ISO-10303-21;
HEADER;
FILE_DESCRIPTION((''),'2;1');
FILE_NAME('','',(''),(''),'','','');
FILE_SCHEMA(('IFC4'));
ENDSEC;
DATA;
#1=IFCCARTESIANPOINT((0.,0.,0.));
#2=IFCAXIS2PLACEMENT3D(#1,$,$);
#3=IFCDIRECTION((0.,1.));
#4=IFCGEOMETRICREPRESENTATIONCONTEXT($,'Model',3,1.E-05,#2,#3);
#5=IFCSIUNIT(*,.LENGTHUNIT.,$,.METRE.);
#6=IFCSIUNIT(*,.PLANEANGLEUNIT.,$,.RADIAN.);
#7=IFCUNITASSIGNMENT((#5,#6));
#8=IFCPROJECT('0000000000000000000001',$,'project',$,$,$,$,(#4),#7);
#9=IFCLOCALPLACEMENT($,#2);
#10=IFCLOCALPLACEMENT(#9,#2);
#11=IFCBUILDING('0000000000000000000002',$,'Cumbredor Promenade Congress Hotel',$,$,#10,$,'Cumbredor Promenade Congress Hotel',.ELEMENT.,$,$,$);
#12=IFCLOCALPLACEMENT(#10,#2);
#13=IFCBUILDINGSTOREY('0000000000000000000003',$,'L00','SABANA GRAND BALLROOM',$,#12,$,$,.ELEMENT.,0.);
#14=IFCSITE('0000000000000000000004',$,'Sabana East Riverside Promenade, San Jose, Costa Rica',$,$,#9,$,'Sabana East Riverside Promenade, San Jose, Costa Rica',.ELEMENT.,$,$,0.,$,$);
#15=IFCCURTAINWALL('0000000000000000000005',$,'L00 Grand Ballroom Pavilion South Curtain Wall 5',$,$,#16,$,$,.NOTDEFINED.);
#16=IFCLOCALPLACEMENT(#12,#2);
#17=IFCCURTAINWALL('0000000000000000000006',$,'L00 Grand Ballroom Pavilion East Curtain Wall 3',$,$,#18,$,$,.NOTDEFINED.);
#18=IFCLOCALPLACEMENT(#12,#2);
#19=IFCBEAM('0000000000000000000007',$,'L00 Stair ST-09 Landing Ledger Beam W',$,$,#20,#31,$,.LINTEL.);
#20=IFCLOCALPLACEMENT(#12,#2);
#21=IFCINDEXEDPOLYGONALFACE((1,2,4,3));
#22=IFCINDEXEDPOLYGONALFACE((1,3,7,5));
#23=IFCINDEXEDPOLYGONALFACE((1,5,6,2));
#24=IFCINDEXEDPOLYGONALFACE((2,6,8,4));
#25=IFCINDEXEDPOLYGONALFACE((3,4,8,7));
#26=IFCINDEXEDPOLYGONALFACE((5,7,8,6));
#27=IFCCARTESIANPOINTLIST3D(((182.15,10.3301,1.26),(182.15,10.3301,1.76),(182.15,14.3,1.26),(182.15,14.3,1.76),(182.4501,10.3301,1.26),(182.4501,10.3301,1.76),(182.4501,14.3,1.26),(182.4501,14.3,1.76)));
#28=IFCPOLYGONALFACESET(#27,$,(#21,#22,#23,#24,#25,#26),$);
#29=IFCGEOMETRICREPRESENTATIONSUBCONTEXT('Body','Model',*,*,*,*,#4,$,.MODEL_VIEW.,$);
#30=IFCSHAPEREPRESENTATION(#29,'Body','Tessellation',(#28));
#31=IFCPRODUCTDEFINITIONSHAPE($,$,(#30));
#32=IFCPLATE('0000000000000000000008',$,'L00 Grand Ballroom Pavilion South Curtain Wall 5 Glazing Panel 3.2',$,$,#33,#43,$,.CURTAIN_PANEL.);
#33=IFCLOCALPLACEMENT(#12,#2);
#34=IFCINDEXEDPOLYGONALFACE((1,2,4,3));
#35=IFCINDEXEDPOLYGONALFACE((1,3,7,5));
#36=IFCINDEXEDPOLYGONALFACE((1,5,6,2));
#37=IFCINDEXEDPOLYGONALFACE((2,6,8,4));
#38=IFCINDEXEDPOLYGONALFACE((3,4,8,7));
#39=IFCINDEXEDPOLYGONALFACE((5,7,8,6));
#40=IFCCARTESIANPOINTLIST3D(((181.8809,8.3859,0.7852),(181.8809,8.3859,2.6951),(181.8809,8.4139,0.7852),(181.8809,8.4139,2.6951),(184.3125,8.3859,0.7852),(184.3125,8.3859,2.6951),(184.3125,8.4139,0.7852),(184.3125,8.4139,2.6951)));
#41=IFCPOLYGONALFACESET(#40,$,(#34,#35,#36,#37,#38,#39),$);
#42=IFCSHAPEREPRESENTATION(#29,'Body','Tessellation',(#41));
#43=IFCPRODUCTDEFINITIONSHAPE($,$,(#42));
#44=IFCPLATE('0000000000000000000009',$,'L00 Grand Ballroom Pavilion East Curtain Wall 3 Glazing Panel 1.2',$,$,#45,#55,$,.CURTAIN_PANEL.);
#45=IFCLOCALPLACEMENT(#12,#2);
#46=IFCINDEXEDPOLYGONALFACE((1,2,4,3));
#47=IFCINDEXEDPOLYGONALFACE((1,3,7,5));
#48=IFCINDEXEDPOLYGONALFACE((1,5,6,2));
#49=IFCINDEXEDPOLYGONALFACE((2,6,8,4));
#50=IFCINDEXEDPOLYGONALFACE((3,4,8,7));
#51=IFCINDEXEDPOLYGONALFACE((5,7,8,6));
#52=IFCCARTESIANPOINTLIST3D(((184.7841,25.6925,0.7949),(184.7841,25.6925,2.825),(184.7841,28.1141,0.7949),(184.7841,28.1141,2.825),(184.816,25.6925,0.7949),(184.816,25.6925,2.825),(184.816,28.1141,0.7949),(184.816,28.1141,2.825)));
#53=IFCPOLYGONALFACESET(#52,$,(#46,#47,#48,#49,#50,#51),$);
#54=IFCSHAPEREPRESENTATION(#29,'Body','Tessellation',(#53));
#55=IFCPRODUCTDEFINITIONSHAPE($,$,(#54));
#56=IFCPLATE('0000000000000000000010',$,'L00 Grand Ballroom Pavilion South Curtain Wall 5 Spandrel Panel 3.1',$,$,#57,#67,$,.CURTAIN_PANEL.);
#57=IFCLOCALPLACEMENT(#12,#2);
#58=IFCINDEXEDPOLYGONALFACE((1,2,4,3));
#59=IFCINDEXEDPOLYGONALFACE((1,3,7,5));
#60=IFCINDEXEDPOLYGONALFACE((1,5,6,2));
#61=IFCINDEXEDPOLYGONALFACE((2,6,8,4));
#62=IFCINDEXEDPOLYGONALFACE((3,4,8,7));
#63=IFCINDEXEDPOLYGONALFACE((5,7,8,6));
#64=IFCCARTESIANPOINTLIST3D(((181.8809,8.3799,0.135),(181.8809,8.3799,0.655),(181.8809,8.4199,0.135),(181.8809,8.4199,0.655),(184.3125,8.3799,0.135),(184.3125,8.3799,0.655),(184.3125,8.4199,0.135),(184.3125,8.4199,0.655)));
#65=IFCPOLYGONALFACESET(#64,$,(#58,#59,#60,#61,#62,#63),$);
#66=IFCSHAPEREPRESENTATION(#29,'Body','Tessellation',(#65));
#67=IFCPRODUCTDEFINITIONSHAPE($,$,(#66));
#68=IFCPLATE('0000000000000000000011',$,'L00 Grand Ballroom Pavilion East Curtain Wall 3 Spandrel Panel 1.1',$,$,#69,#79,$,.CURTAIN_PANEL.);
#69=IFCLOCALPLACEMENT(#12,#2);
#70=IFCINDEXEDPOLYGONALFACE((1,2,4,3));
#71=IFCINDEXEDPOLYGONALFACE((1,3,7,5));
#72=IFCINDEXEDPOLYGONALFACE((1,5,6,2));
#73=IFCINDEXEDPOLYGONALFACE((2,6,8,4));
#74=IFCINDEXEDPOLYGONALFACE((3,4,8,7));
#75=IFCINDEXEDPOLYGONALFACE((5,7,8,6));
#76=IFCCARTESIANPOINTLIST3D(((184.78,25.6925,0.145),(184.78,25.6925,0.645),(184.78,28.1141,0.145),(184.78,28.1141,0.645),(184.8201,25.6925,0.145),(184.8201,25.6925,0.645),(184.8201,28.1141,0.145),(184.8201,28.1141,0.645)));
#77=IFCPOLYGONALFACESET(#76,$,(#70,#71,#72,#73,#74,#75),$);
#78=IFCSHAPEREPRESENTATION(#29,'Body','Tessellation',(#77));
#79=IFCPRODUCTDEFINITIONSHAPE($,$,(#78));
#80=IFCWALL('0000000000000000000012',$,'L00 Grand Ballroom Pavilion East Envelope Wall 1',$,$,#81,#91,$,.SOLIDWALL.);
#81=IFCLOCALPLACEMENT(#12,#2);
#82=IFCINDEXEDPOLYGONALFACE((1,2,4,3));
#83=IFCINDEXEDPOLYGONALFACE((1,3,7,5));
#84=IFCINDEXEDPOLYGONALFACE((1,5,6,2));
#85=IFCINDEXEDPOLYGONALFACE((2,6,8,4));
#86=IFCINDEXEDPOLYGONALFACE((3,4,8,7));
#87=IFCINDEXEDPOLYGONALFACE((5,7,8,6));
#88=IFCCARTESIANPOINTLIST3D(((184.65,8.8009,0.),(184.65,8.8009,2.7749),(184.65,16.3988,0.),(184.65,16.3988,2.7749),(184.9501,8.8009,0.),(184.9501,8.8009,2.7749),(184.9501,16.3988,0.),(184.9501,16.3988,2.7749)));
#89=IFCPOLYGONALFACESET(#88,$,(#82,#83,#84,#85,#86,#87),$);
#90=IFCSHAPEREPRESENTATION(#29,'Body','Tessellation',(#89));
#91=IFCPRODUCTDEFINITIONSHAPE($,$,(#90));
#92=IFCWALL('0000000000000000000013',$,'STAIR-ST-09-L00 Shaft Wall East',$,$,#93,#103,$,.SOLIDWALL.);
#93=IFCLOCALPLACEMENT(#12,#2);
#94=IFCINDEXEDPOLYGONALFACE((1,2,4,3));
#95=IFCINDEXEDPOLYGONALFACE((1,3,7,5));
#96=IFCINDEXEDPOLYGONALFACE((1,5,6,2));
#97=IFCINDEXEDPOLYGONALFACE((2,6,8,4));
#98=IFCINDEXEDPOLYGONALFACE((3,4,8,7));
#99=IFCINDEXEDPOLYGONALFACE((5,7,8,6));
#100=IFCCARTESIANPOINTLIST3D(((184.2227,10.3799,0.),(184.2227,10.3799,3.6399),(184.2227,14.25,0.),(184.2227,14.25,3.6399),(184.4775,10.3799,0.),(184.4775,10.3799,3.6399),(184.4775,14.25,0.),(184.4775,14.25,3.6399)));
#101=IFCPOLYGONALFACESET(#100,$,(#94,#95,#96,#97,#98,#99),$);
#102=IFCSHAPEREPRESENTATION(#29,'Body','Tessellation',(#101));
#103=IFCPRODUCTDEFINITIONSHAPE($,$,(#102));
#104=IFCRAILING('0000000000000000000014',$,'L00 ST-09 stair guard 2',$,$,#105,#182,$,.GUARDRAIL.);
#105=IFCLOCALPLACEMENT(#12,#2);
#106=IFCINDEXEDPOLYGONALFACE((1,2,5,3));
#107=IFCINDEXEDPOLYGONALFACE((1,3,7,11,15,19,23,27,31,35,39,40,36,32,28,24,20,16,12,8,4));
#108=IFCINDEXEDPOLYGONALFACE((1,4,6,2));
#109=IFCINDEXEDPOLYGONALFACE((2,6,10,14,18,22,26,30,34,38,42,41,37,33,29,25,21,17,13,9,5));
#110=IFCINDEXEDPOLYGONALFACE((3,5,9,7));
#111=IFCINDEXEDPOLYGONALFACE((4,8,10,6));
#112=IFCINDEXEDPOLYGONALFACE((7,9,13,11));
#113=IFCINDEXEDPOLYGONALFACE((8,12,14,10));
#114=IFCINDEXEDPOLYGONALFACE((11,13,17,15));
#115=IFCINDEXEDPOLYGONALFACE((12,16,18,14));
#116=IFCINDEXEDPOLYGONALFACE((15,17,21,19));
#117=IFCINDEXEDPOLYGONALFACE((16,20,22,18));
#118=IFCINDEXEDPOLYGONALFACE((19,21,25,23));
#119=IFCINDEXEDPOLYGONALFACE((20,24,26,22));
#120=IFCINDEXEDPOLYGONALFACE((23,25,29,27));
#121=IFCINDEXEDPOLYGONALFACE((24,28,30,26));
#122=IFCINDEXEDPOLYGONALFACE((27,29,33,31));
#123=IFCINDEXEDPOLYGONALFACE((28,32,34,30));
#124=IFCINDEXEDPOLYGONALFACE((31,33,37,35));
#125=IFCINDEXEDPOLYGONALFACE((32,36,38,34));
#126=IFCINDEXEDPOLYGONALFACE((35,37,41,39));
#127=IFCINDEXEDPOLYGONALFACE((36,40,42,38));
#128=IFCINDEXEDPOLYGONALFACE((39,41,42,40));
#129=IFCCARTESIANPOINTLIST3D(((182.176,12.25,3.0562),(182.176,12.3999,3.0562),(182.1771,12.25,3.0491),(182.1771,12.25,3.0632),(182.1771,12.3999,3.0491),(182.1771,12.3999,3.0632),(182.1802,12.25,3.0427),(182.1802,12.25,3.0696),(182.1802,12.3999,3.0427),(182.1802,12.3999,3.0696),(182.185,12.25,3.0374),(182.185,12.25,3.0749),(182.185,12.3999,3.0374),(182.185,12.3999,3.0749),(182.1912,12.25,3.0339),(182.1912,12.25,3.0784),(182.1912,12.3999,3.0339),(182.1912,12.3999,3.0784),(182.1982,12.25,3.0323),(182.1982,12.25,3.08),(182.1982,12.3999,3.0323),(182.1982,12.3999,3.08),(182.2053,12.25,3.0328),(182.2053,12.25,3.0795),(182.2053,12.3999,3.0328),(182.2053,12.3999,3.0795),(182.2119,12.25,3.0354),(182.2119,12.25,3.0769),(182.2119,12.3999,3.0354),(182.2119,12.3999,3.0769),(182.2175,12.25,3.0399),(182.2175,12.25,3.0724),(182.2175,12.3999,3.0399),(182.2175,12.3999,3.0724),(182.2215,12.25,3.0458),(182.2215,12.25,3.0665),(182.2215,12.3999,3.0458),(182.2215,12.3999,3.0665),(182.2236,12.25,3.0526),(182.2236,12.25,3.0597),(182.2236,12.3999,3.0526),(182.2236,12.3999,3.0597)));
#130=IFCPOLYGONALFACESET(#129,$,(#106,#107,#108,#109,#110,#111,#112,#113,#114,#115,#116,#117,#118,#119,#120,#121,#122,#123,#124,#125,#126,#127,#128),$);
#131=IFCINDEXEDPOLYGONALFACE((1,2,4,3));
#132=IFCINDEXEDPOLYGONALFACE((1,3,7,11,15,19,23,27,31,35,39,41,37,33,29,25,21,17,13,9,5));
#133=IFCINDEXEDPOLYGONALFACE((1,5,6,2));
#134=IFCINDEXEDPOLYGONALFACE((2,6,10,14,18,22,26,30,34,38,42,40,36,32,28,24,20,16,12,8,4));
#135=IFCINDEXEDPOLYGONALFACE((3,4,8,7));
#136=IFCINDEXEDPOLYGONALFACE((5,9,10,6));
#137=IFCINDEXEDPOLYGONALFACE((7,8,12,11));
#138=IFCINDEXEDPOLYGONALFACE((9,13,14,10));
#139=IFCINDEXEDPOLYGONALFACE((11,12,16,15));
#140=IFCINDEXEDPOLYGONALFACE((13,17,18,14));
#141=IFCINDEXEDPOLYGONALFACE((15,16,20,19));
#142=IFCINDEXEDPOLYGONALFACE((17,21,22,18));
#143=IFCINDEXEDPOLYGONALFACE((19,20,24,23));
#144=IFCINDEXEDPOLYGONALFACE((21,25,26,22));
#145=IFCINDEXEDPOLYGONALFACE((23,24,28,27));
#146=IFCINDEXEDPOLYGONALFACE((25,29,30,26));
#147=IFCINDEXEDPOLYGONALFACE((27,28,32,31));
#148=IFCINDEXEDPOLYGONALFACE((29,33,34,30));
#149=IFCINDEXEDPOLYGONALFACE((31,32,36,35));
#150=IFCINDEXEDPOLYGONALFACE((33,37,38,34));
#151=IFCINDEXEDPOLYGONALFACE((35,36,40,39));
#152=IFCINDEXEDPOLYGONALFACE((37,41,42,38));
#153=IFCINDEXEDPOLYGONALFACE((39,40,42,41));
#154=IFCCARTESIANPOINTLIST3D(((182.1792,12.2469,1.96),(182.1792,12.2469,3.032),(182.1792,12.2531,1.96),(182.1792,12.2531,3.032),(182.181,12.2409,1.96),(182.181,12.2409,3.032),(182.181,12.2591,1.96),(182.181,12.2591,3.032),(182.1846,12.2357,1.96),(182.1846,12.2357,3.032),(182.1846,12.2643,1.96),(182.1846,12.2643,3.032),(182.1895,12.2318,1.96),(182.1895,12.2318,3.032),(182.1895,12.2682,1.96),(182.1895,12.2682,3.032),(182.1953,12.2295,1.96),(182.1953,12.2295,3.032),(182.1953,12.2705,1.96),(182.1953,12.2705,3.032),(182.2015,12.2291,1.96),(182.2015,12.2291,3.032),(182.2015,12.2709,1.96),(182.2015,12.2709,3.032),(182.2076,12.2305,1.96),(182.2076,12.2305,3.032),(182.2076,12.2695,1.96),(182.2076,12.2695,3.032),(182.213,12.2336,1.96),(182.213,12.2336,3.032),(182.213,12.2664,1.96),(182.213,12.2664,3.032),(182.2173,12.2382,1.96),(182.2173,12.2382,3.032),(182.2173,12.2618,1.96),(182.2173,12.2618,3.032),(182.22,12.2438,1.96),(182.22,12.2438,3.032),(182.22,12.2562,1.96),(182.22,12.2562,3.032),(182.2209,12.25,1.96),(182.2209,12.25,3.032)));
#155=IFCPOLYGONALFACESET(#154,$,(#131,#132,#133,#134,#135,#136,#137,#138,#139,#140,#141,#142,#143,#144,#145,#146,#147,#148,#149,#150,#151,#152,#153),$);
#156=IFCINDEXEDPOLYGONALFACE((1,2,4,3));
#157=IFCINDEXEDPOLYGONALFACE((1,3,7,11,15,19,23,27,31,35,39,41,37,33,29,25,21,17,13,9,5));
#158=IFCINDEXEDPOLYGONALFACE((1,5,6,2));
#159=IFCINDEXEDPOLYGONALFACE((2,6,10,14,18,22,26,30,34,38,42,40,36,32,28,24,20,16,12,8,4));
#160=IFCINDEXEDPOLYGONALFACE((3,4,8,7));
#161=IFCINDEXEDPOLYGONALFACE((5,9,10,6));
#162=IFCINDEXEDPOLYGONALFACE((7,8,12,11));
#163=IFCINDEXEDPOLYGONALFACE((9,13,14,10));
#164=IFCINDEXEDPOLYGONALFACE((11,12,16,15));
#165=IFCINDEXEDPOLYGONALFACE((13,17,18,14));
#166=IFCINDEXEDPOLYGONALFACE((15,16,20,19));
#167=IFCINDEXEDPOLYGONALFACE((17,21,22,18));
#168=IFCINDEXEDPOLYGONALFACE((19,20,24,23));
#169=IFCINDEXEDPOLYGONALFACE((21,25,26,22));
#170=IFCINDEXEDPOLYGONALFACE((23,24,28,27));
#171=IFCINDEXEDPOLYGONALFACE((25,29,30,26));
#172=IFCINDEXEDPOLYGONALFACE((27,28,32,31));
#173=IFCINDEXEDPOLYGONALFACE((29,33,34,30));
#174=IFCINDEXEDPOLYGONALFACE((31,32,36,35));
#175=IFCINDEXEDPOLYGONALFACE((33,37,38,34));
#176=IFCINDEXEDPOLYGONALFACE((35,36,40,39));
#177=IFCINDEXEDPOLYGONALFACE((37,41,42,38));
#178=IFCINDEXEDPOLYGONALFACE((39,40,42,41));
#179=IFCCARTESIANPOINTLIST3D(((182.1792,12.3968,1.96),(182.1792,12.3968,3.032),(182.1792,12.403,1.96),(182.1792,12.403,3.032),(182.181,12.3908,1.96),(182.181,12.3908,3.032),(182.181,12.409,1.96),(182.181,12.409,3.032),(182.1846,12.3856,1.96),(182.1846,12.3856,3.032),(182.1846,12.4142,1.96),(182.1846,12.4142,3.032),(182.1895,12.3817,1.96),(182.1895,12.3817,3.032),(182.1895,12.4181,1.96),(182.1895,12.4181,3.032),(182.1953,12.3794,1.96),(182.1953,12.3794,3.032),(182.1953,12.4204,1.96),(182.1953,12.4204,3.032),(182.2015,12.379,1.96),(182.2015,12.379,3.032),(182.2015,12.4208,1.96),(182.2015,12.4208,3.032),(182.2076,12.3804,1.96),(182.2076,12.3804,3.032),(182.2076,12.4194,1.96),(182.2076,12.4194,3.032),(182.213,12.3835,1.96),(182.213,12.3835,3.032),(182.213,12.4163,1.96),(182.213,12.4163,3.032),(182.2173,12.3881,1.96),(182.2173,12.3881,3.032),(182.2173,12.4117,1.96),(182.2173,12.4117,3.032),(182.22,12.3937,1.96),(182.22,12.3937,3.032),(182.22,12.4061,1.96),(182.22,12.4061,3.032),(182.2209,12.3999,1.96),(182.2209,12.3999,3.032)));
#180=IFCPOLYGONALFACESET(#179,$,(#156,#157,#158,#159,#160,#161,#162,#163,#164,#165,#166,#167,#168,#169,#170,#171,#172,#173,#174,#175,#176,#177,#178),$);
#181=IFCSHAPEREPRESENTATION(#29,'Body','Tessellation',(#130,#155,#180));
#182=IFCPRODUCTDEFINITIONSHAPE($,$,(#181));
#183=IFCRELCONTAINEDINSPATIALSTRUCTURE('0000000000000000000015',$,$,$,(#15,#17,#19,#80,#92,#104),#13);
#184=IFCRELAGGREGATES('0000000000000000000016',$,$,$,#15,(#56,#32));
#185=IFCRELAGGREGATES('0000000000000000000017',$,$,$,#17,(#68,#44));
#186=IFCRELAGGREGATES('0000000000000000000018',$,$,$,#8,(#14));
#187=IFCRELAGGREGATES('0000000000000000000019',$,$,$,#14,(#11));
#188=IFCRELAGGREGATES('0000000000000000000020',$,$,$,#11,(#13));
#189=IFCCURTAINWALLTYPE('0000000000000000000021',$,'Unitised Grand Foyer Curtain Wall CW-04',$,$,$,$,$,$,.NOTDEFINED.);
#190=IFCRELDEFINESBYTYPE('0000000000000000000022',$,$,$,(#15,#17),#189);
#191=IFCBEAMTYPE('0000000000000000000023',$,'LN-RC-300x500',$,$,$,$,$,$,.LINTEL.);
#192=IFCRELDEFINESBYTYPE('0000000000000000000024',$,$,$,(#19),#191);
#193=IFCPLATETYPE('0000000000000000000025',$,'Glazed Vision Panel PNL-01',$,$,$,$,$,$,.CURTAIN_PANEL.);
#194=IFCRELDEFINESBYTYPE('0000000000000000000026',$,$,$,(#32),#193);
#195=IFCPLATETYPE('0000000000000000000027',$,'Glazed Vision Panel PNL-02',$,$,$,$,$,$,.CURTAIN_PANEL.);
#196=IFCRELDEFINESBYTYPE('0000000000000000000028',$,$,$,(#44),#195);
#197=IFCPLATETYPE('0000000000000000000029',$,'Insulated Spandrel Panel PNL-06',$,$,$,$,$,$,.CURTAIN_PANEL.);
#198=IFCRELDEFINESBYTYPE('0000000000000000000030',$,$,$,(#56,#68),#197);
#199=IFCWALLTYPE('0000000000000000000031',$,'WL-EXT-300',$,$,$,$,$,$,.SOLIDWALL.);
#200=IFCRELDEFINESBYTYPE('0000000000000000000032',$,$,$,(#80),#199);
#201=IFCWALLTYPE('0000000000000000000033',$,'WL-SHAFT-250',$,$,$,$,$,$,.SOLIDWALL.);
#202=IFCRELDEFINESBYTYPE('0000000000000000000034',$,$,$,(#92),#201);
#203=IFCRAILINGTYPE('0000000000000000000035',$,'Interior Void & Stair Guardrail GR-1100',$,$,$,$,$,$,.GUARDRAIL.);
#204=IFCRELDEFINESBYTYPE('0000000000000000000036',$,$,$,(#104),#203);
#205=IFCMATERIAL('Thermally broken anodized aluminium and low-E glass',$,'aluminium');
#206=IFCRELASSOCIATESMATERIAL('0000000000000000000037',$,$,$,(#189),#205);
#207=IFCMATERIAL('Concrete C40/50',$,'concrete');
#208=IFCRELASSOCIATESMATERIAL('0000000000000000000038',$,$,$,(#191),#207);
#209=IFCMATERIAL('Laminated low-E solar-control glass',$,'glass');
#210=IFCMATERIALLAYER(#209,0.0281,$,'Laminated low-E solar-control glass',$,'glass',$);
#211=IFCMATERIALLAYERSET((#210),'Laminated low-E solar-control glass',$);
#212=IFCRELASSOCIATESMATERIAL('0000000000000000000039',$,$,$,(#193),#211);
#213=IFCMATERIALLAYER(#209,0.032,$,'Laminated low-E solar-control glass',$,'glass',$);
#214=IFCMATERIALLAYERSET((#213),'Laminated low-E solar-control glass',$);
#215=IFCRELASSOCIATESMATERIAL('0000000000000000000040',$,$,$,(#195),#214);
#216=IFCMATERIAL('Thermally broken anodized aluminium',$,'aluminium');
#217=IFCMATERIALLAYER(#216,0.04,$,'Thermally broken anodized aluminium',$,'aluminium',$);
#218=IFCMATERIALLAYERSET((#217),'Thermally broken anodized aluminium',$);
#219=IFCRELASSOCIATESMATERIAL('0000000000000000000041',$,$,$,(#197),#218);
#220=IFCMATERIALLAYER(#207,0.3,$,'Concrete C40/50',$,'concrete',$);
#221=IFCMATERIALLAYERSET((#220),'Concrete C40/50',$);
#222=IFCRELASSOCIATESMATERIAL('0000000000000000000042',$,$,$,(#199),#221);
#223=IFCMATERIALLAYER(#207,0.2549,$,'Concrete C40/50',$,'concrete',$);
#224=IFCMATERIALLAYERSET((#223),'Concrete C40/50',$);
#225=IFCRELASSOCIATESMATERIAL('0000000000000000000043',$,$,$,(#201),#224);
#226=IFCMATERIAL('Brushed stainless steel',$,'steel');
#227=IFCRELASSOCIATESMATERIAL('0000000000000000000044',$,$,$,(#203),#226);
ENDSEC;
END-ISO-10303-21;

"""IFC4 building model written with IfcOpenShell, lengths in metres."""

from ifc_helpers import new_model, si_unit, direction, frame, frame_2d, origin, origin_2d, place, context, subcontext, project, spatial, rectangle, circle, extrude, material, layer, layer_set, material_profile, profile_set, type_object, element, aggregate, save


model = new_model("IFC4")

# Units and contexts
model_context = context("Model", 3, precision=1e-05, world=origin(), true_north=direction((0.0, 1.0)))
body_context = subcontext(model_context, "Body", "Model", "MODEL_VIEW")
ifc_project = project(units=[si_unit("LENGTHUNIT", "METRE"), si_unit("PLANEANGLEUNIT", "RADIAN")], contexts=[model_context])

# Site, building, storey
site_placement = place(None, origin())
site = spatial("IfcSite", under=ifc_project, at=site_placement, Name="Sabana East Riverside Promenade, San Jose, Costa Rica", LongName="Sabana East Riverside Promenade, San Jose, Costa Rica", CompositionType="ELEMENT", RefElevation=0.0)
building_placement = place(site_placement, origin())
building = spatial("IfcBuilding", under=site, at=building_placement, Name="Cumbredor Promenade Congress Hotel", LongName="Cumbredor Promenade Congress Hotel", CompositionType="ELEMENT")
storey_placement = place(building_placement, origin())
storey = spatial("IfcBuildingStorey", under=building, at=storey_placement, Name="L00", Description="SABANA GRAND BALLROOM", CompositionType="ELEMENT", Elevation=0.0)

# Shared definitions
ifc_material_1 = material(Name="Concrete C40/50", Category="concrete")

# Curtain wall
ifc_material_2 = material(Name="Thermally broken anodized aluminium and low-E glass", Category="aluminium")
curtain_wall_type = type_object("IfcCurtainWallType", Name="Unitised Grand Foyer Curtain Wall CW-04", PredefinedType="NOTDEFINED", material=ifc_material_2)
curtain_wall_1_placement = place(storey_placement, origin())
curtain_wall_1 = element("IfcCurtainWall", 1, at=curtain_wall_1_placement, inside=storey, type_object=curtain_wall_type, Name="L00 Grand Ballroom Pavilion South Curtain Wall 5", PredefinedType="NOTDEFINED")
ifc_material_3 = material(Name="Thermally broken anodized aluminium", Category="aluminium")

# Curtain wall
curtain_wall_2_placement = place(storey_placement, origin())
curtain_wall_2 = element("IfcCurtainWall", 2, at=curtain_wall_2_placement, inside=storey, type_object=curtain_wall_type, Name="L00 Grand Ballroom Pavilion East Curtain Wall 3", PredefinedType="NOTDEFINED")

# Beam
ifc_material_profile_1 = material_profile(ifc_material_1, rectangle(XDim=0.3, YDim=0.5, at=origin_2d()), Name="RC LINTEL 300x500")
ifc_profile_set_1 = profile_set([ifc_material_profile_1], Name="Concrete C40/50")
beam_type_1 = type_object("IfcBeamType", Name="LN-RC-300x500", PredefinedType="LINTEL", material=ifc_profile_set_1)
for number, where, z_axis, x_axis, name in (
    (3, (182.3, 10.3301, 1.51), (0.0, 1.0, 0.0), (-1.0, 0.0, 0.0), "L00 Stair ST-09 Landing Ledger Beam W"),
):
    element("IfcBeam", number, at=place(storey_placement, frame(where, z_axis=z_axis, x_axis=x_axis)), inside=storey, type_object=beam_type_1, Name=name, PredefinedType="LINTEL", context=body_context, shape_type="SweptSolid", body=[
        extrude(rectangle(XDim=0.3, YDim=0.5, at=origin_2d()), origin(), (0.0, 0.0, 1.0), 3.97),
    ])

# Plates
ifc_material_4 = material(Name="Laminated low-E solar-control glass", Category="glass")
ifc_layer_1 = layer(ifc_material_4, 0.0281, Name="Laminated low-E solar-control glass", Category="glass")
ifc_layer_set_1 = layer_set([ifc_layer_1], Name="Laminated low-E solar-control glass")
plate_type_1 = type_object("IfcPlateType", Name="Glazed Vision Panel PNL-01", PredefinedType="CURTAIN_PANEL", material=ifc_layer_set_1)
plate_1_placement = place(storey_placement, frame((183.0967, 8.3999, 0.7852), z_axis=(0.0, 0.0, 1.0), x_axis=(1.0, 0.0, 0.0)))
plate_1 = element("IfcPlate", 4, at=plate_1_placement, type_object=plate_type_1, Name="L00 Grand Ballroom Pavilion South Curtain Wall 5 Glazing Panel 3.2", PredefinedType="CURTAIN_PANEL", context=body_context, shape_type="SweptSolid", body=[
    extrude(rectangle(XDim=2.4316, YDim=0.0281, at=origin_2d()), origin(), (0.0, 0.0, 1.0), 1.9099),
])
ifc_layer_2 = layer(ifc_material_4, 0.032, Name="Laminated low-E solar-control glass", Category="glass")
ifc_layer_set_2 = layer_set([ifc_layer_2], Name="Laminated low-E solar-control glass")
plate_type_2 = type_object("IfcPlateType", Name="Glazed Vision Panel PNL-02", PredefinedType="CURTAIN_PANEL", material=ifc_layer_set_2)
plate_2_placement = place(storey_placement, frame((184.8, 26.9033, 0.7949), z_axis=(0.0, 0.0, 1.0), x_axis=(0.0, 1.0, 0.0)))
plate_2 = element("IfcPlate", 5, at=plate_2_placement, type_object=plate_type_2, Name="L00 Grand Ballroom Pavilion East Curtain Wall 3 Glazing Panel 1.2", PredefinedType="CURTAIN_PANEL", context=body_context, shape_type="SweptSolid", body=[
    extrude(rectangle(XDim=2.4216, YDim=0.032, at=origin_2d()), origin(), (0.0, 0.0, 1.0), 2.03),
])
ifc_layer_3 = layer(ifc_material_3, 0.04, Name="Thermally broken anodized aluminium", Category="aluminium")
ifc_layer_set_3 = layer_set([ifc_layer_3], Name="Thermally broken anodized aluminium")
plate_type_3 = type_object("IfcPlateType", Name="Insulated Spandrel Panel PNL-06", PredefinedType="CURTAIN_PANEL", material=ifc_layer_set_3)
plate_3_placement = place(storey_placement, frame((183.0967, 8.3999, 0.135), z_axis=(0.0, 0.0, 1.0), x_axis=(1.0, 0.0, 0.0)))
plate_3 = element("IfcPlate", 6, at=plate_3_placement, type_object=plate_type_3, Name="L00 Grand Ballroom Pavilion South Curtain Wall 5 Spandrel Panel 3.1", PredefinedType="CURTAIN_PANEL", context=body_context, shape_type="SweptSolid", body=[
    extrude(rectangle(XDim=2.4316, YDim=0.04, at=origin_2d()), origin(), (0.0, 0.0, 1.0), 0.52),
])
aggregate(curtain_wall_1, [plate_3, plate_1])
plate_4_placement = place(storey_placement, frame((184.8, 26.9033, 0.145), z_axis=(0.0, 0.0, 1.0), x_axis=(0.0, 1.0, 0.0)))
plate_4 = element("IfcPlate", 7, at=plate_4_placement, type_object=plate_type_3, Name="L00 Grand Ballroom Pavilion East Curtain Wall 3 Spandrel Panel 1.1", PredefinedType="CURTAIN_PANEL", context=body_context, shape_type="SweptSolid", body=[
    extrude(rectangle(XDim=2.4216, YDim=0.04, at=origin_2d()), origin(), (0.0, 0.0, 1.0), 0.5),
])
aggregate(curtain_wall_2, [plate_4, plate_2])

# Wall
ifc_layer_4 = layer(ifc_material_1, 0.3, Name="Concrete C40/50", Category="concrete")
ifc_layer_set_4 = layer_set([ifc_layer_4], Name="Concrete C40/50")
wall_type_1 = type_object("IfcWallType", Name="WL-EXT-300", PredefinedType="SOLIDWALL", material=ifc_layer_set_4)
wall_1_placement = place(storey_placement, frame((184.8, 8.801, 0.0), z_axis=(0.0, 0.0, 1.0), x_axis=(0.0, 1.0, 0.0)))
element("IfcWall", 8, at=wall_1_placement, inside=storey, type_object=wall_type_1, Name="L00 Grand Ballroom Pavilion East Envelope Wall 1", PredefinedType="SOLIDWALL", context=body_context, shape_type="SweptSolid", body=[
    extrude(rectangle(XDim=7.5979, YDim=0.3, at=frame_2d((3.7988, 0.0))), origin(), (0.0, 0.0, 1.0), 2.7749),
])

# Wall
ifc_layer_5 = layer(ifc_material_1, 0.2549, Name="Concrete C40/50", Category="concrete")
ifc_layer_set_5 = layer_set([ifc_layer_5], Name="Concrete C40/50")
wall_type_2 = type_object("IfcWallType", Name="WL-SHAFT-250", PredefinedType="SOLIDWALL", material=ifc_layer_set_5)
wall_2_placement = place(storey_placement, frame((184.3501, 10.3799, 0.0), z_axis=(0.0, 0.0, 1.0), x_axis=(0.0, 1.0, 0.0)))
element("IfcWall", 9, at=wall_2_placement, inside=storey, type_object=wall_type_2, Name="STAIR-ST-09-L00 Shaft Wall East", PredefinedType="SOLIDWALL", context=body_context, shape_type="SweptSolid", body=[
    extrude(rectangle(XDim=3.8701, YDim=0.2549, at=frame_2d((1.9351, 0.0))), origin(), (0.0, 0.0, 1.0), 3.6399),
])

# Railing
ifc_material_5 = material(Name="Brushed stainless steel", Category="steel")
railing_type = type_object("IfcRailingType", Name="Interior Void & Stair Guardrail GR-1100", PredefinedType="GUARDRAIL", material=ifc_material_5)
railing_placement = place(storey_placement, frame((182.2, 12.25, 1.96)))
element("IfcRailing", 10, at=railing_placement, inside=storey, type_object=railing_type, Name="L00 ST-09 stair guard 2", PredefinedType="GUARDRAIL", context=body_context, shape_type="SweptSolid", body=[
    extrude(circle(Radius=0.0239, at=origin_2d()), frame((0.0, 0.0, 1.0962), z_axis=(0.0, 1.0, 0.0), x_axis=(-1.0, 0.0, 0.0)), (0.0, 0.0, 1.0), 0.1499),
    extrude(circle(Radius=0.021, at=origin_2d()), origin(), (0.0, 0.0, 1.0), 1.072),
    extrude(circle(Radius=0.021, at=origin_2d()), frame((0.0, 0.1499, 0.0)), (0.0, 0.0, 1.0), 1.072),
])

save(model, "model.ifc")
